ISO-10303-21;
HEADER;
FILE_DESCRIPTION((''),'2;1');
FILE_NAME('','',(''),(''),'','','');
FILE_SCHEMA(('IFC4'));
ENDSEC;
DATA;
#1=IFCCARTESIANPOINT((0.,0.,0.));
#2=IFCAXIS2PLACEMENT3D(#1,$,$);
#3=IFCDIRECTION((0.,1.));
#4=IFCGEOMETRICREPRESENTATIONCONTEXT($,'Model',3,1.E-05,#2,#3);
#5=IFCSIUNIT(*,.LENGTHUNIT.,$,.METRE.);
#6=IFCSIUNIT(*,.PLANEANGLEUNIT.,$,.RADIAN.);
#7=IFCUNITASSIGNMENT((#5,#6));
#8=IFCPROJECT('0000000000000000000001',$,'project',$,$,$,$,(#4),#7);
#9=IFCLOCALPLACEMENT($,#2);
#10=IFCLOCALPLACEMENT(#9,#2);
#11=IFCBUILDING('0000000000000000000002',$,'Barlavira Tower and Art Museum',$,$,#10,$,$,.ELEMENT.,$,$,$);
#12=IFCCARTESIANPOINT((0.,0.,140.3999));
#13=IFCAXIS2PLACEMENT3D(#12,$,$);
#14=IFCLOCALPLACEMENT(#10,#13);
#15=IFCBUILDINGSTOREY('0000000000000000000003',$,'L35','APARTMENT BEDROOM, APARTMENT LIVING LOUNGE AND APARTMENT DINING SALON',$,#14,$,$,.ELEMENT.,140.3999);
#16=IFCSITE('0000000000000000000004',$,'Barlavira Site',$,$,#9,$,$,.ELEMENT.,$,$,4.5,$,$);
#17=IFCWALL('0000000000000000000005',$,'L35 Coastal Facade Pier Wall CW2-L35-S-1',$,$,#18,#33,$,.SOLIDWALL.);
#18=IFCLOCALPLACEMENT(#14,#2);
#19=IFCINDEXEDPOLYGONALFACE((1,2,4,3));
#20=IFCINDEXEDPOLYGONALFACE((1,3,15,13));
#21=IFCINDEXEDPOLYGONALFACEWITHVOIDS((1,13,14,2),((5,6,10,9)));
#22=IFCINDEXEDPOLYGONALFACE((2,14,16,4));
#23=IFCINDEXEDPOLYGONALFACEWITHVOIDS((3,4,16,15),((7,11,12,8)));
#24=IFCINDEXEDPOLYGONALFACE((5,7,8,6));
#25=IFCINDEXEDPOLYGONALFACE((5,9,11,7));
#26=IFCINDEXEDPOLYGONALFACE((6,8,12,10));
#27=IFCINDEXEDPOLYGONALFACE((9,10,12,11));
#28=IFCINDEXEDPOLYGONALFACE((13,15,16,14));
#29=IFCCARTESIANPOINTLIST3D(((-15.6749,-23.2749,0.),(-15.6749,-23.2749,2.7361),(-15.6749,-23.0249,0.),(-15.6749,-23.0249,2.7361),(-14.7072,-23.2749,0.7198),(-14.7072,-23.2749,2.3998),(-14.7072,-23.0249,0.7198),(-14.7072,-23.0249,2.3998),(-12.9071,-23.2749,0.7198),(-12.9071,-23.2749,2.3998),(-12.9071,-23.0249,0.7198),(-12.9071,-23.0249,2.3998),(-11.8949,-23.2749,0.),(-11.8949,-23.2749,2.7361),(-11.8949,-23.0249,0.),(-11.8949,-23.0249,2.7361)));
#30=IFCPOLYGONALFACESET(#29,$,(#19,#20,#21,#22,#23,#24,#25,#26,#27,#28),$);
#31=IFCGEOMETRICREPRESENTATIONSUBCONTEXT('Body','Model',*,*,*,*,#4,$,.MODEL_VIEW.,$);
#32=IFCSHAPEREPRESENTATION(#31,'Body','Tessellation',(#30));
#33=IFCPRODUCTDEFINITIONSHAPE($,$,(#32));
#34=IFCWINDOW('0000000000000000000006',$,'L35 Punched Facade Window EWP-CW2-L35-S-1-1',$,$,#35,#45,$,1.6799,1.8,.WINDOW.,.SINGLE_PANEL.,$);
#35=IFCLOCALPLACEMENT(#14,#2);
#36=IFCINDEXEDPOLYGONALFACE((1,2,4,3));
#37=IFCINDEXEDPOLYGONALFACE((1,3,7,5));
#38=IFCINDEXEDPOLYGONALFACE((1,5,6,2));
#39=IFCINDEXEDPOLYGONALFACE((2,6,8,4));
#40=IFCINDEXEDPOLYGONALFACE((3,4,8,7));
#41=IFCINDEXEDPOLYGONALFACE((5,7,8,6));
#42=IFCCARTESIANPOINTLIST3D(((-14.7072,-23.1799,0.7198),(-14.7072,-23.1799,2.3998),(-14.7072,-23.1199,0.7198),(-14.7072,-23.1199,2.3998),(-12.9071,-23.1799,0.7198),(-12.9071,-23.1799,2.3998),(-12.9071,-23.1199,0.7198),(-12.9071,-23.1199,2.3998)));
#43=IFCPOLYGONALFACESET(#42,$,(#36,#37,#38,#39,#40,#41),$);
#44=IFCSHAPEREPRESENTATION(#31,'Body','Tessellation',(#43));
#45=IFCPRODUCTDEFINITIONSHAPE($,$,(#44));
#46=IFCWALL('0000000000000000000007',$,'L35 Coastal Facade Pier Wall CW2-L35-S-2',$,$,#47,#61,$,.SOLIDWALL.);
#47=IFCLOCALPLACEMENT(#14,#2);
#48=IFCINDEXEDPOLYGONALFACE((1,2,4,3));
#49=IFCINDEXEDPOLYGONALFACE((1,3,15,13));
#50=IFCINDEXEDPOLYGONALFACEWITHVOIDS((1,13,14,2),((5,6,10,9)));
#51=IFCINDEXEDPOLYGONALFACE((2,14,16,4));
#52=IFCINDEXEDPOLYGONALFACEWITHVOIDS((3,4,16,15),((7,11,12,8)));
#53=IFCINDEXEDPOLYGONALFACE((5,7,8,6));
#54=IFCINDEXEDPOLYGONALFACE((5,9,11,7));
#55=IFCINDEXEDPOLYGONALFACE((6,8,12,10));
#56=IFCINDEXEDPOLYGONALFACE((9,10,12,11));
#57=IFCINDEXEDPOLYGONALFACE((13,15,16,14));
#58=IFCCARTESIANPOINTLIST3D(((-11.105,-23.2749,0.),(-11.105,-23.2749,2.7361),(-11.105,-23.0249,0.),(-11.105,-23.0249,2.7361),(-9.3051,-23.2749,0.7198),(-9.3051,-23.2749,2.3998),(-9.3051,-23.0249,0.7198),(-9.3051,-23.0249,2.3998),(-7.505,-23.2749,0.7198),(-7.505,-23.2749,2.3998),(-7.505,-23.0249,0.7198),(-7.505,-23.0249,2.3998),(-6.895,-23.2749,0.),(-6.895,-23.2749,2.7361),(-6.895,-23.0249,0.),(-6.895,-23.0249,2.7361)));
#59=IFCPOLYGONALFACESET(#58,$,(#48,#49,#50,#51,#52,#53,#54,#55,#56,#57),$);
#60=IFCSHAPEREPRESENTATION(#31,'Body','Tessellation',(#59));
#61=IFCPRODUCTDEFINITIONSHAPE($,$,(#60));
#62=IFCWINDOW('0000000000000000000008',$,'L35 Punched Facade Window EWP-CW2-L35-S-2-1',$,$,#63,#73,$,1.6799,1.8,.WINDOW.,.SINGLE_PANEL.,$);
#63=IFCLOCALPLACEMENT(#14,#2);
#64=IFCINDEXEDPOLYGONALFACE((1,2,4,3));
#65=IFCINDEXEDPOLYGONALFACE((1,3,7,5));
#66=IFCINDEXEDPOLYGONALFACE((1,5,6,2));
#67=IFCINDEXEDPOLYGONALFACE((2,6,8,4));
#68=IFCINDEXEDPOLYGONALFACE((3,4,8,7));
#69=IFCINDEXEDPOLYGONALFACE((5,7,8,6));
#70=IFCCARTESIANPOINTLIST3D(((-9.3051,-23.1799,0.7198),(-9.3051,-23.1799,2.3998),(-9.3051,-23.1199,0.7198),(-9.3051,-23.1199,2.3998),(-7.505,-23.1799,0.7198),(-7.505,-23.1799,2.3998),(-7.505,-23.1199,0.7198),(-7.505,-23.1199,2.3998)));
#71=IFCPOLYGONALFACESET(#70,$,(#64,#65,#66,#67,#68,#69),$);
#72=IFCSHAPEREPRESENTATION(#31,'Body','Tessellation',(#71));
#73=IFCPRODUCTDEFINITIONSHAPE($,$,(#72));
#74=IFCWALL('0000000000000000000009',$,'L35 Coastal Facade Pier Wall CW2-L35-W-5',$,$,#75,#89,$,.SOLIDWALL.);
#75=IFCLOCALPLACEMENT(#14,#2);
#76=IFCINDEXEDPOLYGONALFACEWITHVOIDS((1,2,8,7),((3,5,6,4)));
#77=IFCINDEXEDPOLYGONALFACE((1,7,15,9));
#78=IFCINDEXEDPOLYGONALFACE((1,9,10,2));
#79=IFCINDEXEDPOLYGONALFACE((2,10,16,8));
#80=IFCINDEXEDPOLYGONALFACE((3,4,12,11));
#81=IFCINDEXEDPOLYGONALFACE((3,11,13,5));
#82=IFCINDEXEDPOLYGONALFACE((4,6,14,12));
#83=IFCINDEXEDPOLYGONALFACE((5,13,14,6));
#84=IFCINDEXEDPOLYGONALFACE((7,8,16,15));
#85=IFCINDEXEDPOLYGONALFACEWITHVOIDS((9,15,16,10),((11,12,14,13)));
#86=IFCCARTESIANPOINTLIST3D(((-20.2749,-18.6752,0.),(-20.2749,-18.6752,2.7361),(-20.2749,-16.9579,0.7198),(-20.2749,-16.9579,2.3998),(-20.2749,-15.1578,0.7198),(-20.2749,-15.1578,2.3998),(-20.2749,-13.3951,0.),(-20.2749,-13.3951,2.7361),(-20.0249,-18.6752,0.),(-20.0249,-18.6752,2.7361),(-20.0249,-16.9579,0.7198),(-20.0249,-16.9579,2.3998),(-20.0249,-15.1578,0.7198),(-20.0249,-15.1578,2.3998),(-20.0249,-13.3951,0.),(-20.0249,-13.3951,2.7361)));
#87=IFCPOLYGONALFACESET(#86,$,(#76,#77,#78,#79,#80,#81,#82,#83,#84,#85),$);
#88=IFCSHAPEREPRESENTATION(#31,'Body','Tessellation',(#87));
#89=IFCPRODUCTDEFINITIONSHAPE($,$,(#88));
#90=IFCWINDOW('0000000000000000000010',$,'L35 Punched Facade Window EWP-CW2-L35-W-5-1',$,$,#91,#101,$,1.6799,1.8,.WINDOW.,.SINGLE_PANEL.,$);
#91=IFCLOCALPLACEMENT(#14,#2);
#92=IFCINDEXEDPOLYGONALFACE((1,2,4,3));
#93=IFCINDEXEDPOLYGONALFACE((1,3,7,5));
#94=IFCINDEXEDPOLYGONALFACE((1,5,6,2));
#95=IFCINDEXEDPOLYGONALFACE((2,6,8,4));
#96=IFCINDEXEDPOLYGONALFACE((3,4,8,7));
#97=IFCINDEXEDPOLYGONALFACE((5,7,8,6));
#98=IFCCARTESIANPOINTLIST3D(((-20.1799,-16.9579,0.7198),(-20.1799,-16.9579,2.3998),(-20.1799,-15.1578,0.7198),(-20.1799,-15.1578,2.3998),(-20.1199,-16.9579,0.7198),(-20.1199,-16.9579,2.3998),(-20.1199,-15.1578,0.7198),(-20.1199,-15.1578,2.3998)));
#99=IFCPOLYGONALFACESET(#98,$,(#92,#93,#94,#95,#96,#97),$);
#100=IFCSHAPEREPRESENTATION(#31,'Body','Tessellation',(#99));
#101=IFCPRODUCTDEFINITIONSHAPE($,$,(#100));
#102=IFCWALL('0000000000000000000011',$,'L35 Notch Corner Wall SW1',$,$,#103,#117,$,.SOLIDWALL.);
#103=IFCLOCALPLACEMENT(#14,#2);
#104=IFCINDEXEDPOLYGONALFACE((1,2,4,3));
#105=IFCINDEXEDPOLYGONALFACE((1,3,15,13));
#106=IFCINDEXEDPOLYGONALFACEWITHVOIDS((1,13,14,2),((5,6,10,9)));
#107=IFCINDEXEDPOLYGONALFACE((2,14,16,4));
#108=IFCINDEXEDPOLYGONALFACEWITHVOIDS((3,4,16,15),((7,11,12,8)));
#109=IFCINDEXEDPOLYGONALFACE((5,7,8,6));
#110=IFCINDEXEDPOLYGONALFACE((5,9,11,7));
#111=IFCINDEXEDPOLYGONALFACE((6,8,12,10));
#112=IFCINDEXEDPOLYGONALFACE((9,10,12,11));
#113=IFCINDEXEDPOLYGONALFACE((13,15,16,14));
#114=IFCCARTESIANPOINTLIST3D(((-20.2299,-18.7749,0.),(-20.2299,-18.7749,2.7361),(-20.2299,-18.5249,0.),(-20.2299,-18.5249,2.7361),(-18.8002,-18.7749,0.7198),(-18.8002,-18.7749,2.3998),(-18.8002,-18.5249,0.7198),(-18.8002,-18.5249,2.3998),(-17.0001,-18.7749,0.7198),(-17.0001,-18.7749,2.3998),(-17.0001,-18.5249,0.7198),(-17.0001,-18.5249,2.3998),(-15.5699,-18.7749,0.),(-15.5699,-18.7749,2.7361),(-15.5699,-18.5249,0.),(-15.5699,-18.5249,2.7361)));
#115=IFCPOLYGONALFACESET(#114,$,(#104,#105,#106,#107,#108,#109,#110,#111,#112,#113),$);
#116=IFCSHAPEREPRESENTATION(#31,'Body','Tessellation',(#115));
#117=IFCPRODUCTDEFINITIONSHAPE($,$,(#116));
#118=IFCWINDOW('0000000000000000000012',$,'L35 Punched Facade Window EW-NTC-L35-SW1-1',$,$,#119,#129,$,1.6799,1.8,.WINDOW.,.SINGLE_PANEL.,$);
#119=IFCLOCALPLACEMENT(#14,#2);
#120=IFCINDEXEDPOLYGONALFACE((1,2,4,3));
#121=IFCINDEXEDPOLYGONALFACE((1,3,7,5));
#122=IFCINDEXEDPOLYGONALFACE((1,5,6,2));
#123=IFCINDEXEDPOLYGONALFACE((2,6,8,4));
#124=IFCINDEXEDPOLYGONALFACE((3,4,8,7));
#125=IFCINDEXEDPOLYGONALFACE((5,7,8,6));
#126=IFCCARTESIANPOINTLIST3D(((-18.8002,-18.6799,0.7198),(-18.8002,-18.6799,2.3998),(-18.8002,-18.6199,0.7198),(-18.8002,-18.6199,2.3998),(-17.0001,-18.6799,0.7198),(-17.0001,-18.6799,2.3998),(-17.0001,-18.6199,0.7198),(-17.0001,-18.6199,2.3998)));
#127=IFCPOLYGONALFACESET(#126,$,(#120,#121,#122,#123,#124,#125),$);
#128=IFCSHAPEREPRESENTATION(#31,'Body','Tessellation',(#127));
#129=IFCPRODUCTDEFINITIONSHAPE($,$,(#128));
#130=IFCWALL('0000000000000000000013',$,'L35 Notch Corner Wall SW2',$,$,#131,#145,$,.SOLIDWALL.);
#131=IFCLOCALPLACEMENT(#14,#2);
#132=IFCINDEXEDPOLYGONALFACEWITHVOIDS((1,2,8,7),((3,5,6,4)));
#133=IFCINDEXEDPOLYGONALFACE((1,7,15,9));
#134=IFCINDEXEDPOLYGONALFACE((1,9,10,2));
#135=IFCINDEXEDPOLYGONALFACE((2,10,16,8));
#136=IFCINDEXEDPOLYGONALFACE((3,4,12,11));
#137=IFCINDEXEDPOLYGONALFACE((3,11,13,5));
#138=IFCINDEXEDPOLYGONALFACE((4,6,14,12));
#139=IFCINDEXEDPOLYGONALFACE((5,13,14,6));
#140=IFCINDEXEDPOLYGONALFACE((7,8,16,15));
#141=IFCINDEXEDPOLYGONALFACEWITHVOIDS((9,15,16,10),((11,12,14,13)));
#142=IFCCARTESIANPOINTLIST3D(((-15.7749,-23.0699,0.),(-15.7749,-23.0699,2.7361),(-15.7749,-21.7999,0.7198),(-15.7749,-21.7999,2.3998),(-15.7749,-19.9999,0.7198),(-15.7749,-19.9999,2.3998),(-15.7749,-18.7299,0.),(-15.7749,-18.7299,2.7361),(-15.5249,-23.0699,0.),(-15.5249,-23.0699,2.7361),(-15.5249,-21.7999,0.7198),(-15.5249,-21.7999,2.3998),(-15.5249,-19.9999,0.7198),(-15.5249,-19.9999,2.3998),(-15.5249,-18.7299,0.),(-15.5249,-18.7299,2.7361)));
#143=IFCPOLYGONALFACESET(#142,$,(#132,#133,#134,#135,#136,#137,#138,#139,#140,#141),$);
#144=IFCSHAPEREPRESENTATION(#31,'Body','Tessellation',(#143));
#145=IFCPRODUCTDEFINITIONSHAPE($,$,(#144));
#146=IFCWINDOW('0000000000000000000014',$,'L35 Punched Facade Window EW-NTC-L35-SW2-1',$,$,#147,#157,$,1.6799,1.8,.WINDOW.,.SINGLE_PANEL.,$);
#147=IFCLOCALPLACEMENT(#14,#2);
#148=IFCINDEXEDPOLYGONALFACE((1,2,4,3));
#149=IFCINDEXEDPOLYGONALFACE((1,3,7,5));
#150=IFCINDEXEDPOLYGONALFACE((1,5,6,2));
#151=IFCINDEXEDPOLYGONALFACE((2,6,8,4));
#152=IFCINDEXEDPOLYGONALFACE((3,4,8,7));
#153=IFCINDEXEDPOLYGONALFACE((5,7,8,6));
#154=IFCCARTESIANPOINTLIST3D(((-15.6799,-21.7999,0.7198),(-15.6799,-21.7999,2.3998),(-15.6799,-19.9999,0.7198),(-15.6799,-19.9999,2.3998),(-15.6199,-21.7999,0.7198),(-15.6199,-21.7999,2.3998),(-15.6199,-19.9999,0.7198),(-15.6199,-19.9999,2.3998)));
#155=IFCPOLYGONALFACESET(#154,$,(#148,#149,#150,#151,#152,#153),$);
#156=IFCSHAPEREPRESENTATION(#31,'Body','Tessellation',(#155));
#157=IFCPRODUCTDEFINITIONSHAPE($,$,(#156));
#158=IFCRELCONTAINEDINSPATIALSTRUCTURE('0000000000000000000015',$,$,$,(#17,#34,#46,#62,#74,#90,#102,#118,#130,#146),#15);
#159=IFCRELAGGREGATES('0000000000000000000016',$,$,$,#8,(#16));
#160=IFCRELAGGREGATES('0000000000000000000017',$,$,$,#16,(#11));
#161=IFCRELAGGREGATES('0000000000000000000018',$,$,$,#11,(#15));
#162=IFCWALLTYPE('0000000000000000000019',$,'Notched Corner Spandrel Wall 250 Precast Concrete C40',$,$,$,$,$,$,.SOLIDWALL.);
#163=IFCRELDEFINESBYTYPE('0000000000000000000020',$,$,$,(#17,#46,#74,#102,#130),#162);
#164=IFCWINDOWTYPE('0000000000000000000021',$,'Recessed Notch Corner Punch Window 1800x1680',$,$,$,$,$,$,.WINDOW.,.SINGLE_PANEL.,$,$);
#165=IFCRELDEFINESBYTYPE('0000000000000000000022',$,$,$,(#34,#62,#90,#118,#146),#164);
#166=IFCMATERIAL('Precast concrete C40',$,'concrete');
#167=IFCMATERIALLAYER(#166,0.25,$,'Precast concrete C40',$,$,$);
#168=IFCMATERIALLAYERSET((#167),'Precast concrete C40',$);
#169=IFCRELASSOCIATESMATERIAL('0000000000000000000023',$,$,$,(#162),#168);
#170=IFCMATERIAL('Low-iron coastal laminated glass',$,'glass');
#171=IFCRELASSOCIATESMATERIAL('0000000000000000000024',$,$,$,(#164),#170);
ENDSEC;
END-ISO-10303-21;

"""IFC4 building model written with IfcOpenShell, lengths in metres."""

from ifc_helpers import new_model, si_unit, direction, frame, frame_2d, origin, place, context, subcontext, project, spatial, rectangle, extrude, material, layer, layer_set, type_object, element, fill, save


model = new_model("IFC4")

# Units and contexts
model_context = context("Model", 3, precision=1e-05, world=origin(), true_north=direction((0.0, 1.0)))
body_context = subcontext(model_context, "Body", "Model", "MODEL_VIEW")
ifc_project = project(units=[si_unit("LENGTHUNIT", "METRE"), si_unit("PLANEANGLEUNIT", "RADIAN")], contexts=[model_context])

# Site, building, storey
site_placement = place(None, origin())
site = spatial("IfcSite", under=ifc_project, at=site_placement, Name="Barlavira Site", CompositionType="ELEMENT", RefElevation=4.5)
building_placement = place(site_placement, origin())
building = spatial("IfcBuilding", under=site, at=building_placement, Name="Barlavira Tower and Art Museum", CompositionType="ELEMENT")
storey_placement = place(building_placement, frame((0.0, 0.0, 140.3999)))
storey = spatial("IfcBuildingStorey", under=building, at=storey_placement, Name="L35", Description="APARTMENT BEDROOM, APARTMENT LIVING LOUNGE AND APARTMENT DINING SALON", CompositionType="ELEMENT", Elevation=140.3999)

# Walls, openings, windows
ifc_material_1 = material(Name="Precast concrete C40", Category="concrete")
ifc_layer_1 = layer(ifc_material_1, 0.25, Name="Precast concrete C40")
ifc_layer_set_1 = layer_set([ifc_layer_1], Name="Precast concrete C40")
wall_type_1 = type_object("IfcWallType", Name="Notched Corner Spandrel Wall 250 Precast Concrete C40", PredefinedType="SOLIDWALL", material=ifc_layer_set_1)
wall_1_placement = place(storey_placement, frame((-15.675, -23.1499, 0.0), z_axis=(0.0, 0.0, 1.0), x_axis=(1.0, 0.0, 0.0)))
wall_1 = element("IfcWall", 1, at=wall_1_placement, inside=storey, type_object=wall_type_1, Name="L35 Coastal Facade Pier Wall CW2-L35-S-1", PredefinedType="SOLIDWALL", context=body_context, shape_type="SweptSolid", body=[
    extrude(rectangle(XDim=3.78, YDim=0.25, at=frame_2d((1.8901, 0.0))), origin(), (0.0, 0.0, 1.0), 2.7361),
])
opening_1_placement = place(wall_1_placement, frame((0.968, 0.0, 0.72)))
opening_1 = element("IfcOpeningElement", 2, at=opening_1_placement, cuts=wall_1, PredefinedType="OPENING", context=body_context, shape_type="SweptSolid", body=[
    extrude(rectangle(XDim=1.8, YDim=1.6799, at=frame_2d((0.8999, 0.8398))), frame((0.0, 0.135, 0.0), z_axis=(0.0, -1.0, 0.0), x_axis=(1.0, 0.0, 0.0)), (0.0, 0.0, 1.0), 0.27),
])
ifc_material_2 = material(Name="Low-iron coastal laminated glass", Category="glass")
window_type = type_object("IfcWindowType", Name="Recessed Notch Corner Punch Window 1800x1680", PartitioningType="SINGLE_PANEL", PredefinedType="WINDOW", material=ifc_material_2)
window_1_placement = place(opening_1_placement, origin())
window_1 = element("IfcWindow", 3, at=window_1_placement, inside=storey, type_object=window_type, Name="L35 Punched Facade Window EWP-CW2-L35-S-1-1", OverallHeight=1.6799, OverallWidth=1.8, PartitioningType="SINGLE_PANEL", PredefinedType="WINDOW", context=body_context, shape_type="SweptSolid", body=[
    extrude(rectangle(XDim=1.8, YDim=1.6799, at=frame_2d((0.8999, 0.8398))), frame((0.0, 0.03, 0.0), z_axis=(0.0, -1.0, 0.0), x_axis=(1.0, 0.0, 0.0)), (0.0, 0.0, 1.0), 0.0601),
])
fill(opening_1, window_1)
wall_2_placement = place(storey_placement, frame((-11.105, -23.1499, 0.0), z_axis=(0.0, 0.0, 1.0), x_axis=(1.0, 0.0, 0.0)))
wall_2 = element("IfcWall", 4, at=wall_2_placement, inside=storey, type_object=wall_type_1, Name="L35 Coastal Facade Pier Wall CW2-L35-S-2", PredefinedType="SOLIDWALL", context=body_context, shape_type="SweptSolid", body=[
    extrude(rectangle(XDim=4.21, YDim=0.25, at=frame_2d((2.105, 0.0))), origin(), (0.0, 0.0, 1.0), 2.7361),
])
opening_2_placement = place(wall_2_placement, frame((1.8, 0.0, 0.72)))
opening_2 = element("IfcOpeningElement", 5, at=opening_2_placement, cuts=wall_2, PredefinedType="OPENING", context=body_context, shape_type="SweptSolid", body=[
    extrude(rectangle(XDim=1.8, YDim=1.6799, at=frame_2d((0.8999, 0.8398))), frame((0.0, 0.135, 0.0), z_axis=(0.0, -1.0, 0.0), x_axis=(1.0, 0.0, 0.0)), (0.0, 0.0, 1.0), 0.27),
])
window_2_placement = place(opening_2_placement, origin())
window_2 = element("IfcWindow", 6, at=window_2_placement, inside=storey, type_object=window_type, Name="L35 Punched Facade Window EWP-CW2-L35-S-2-1", OverallHeight=1.6799, OverallWidth=1.8, PartitioningType="SINGLE_PANEL", PredefinedType="WINDOW", context=body_context, shape_type="SweptSolid", body=[
    extrude(rectangle(XDim=1.8, YDim=1.6799, at=frame_2d((0.8999, 0.8398))), frame((0.0, 0.03, 0.0), z_axis=(0.0, -1.0, 0.0), x_axis=(1.0, 0.0, 0.0)), (0.0, 0.0, 1.0), 0.0601),
])
fill(opening_2, window_2)
wall_3_placement = place(storey_placement, frame((-20.1499, -13.395, 0.0), z_axis=(0.0, 0.0, 1.0), x_axis=(0.0, -1.0, 0.0)))
wall_3 = element("IfcWall", 7, at=wall_3_placement, inside=storey, type_object=wall_type_1, Name="L35 Coastal Facade Pier Wall CW2-L35-W-5", PredefinedType="SOLIDWALL", context=body_context, shape_type="SweptSolid", body=[
    extrude(rectangle(XDim=5.28, YDim=0.25, at=frame_2d((2.6401, 0.0))), origin(), (0.0, 0.0, 1.0), 2.7361),
])
opening_3_placement = place(wall_3_placement, frame((1.7629, 0.0, 0.72)))
opening_3 = element("IfcOpeningElement", 8, at=opening_3_placement, cuts=wall_3, PredefinedType="OPENING", context=body_context, shape_type="SweptSolid", body=[
    extrude(rectangle(XDim=1.8, YDim=1.6799, at=frame_2d((0.8999, 0.8398))), frame((0.0, 0.135, 0.0), z_axis=(0.0, -1.0, 0.0), x_axis=(1.0, 0.0, 0.0)), (0.0, 0.0, 1.0), 0.27),
])
window_3_placement = place(opening_3_placement, origin())
window_3 = element("IfcWindow", 9, at=window_3_placement, inside=storey, type_object=window_type, Name="L35 Punched Facade Window EWP-CW2-L35-W-5-1", OverallHeight=1.6799, OverallWidth=1.8, PartitioningType="SINGLE_PANEL", PredefinedType="WINDOW", context=body_context, shape_type="SweptSolid", body=[
    extrude(rectangle(XDim=1.8, YDim=1.6799, at=frame_2d((0.8999, 0.8398))), frame((0.0, 0.03, 0.0), z_axis=(0.0, -1.0, 0.0), x_axis=(1.0, 0.0, 0.0)), (0.0, 0.0, 1.0), 0.0601),
])
fill(opening_3, window_3)
wall_4_placement = place(storey_placement, frame((-20.23, -18.6499, 0.0), z_axis=(0.0, 0.0, 1.0), x_axis=(1.0, 0.0, 0.0)))
wall_4 = element("IfcWall", 10, at=wall_4_placement, inside=storey, type_object=wall_type_1, Name="L35 Notch Corner Wall SW1", PredefinedType="SOLIDWALL", context=body_context, shape_type="SweptSolid", body=[
    extrude(rectangle(XDim=4.6599, YDim=0.25, at=frame_2d((2.3301, 0.0))), origin(), (0.0, 0.0, 1.0), 2.7361),
])
opening_4_placement = place(wall_4_placement, frame((1.4299, 0.0, 0.72)))
opening_4 = element("IfcOpeningElement", 11, at=opening_4_placement, cuts=wall_4, PredefinedType="OPENING", context=body_context, shape_type="SweptSolid", body=[
    extrude(rectangle(XDim=1.8, YDim=1.6799, at=frame_2d((0.8999, 0.8398))), frame((0.0, 0.135, 0.0), z_axis=(0.0, -1.0, 0.0), x_axis=(1.0, 0.0, 0.0)), (0.0, 0.0, 1.0), 0.27),
])
window_4_placement = place(opening_4_placement, origin())
window_4 = element("IfcWindow", 12, at=window_4_placement, inside=storey, type_object=window_type, Name="L35 Punched Facade Window EW-NTC-L35-SW1-1", OverallHeight=1.6799, OverallWidth=1.8, PartitioningType="SINGLE_PANEL", PredefinedType="WINDOW", context=body_context, shape_type="SweptSolid", body=[
    extrude(rectangle(XDim=1.8, YDim=1.6799, at=frame_2d((0.8999, 0.8398))), frame((0.0, 0.03, 0.0), z_axis=(0.0, -1.0, 0.0), x_axis=(1.0, 0.0, 0.0)), (0.0, 0.0, 1.0), 0.0601),
])
fill(opening_4, window_4)
wall_5_placement = place(storey_placement, frame((-15.6499, -18.73, 0.0), z_axis=(0.0, 0.0, 1.0), x_axis=(0.0, -1.0, 0.0)))
wall_5 = element("IfcWall", 13, at=wall_5_placement, inside=storey, type_object=wall_type_1, Name="L35 Notch Corner Wall SW2", PredefinedType="SOLIDWALL", context=body_context, shape_type="SweptSolid", body=[
    extrude(rectangle(XDim=4.3401, YDim=0.25, at=frame_2d((2.1699, 0.0))), origin(), (0.0, 0.0, 1.0), 2.7361),
])
opening_5_placement = place(wall_5_placement, frame((1.27, 0.0, 0.72)))
opening_5 = element("IfcOpeningElement", 14, at=opening_5_placement, cuts=wall_5, PredefinedType="OPENING", context=body_context, shape_type="SweptSolid", body=[
    extrude(rectangle(XDim=1.8, YDim=1.6799, at=frame_2d((0.8999, 0.8398))), frame((0.0, 0.135, 0.0), z_axis=(0.0, -1.0, 0.0), x_axis=(1.0, 0.0, 0.0)), (0.0, 0.0, 1.0), 0.27),
])
window_5_placement = place(opening_5_placement, origin())
window_5 = element("IfcWindow", 15, at=window_5_placement, inside=storey, type_object=window_type, Name="L35 Punched Facade Window EW-NTC-L35-SW2-1", OverallHeight=1.6799, OverallWidth=1.8, PartitioningType="SINGLE_PANEL", PredefinedType="WINDOW", context=body_context, shape_type="SweptSolid", body=[
    extrude(rectangle(XDim=1.8, YDim=1.6799, at=frame_2d((0.8999, 0.8398))), frame((0.0, 0.03, 0.0), z_axis=(0.0, -1.0, 0.0), x_axis=(1.0, 0.0, 0.0)), (0.0, 0.0, 1.0), 0.0601),
])
fill(opening_5, window_5)

save(model, "model.ifc")
